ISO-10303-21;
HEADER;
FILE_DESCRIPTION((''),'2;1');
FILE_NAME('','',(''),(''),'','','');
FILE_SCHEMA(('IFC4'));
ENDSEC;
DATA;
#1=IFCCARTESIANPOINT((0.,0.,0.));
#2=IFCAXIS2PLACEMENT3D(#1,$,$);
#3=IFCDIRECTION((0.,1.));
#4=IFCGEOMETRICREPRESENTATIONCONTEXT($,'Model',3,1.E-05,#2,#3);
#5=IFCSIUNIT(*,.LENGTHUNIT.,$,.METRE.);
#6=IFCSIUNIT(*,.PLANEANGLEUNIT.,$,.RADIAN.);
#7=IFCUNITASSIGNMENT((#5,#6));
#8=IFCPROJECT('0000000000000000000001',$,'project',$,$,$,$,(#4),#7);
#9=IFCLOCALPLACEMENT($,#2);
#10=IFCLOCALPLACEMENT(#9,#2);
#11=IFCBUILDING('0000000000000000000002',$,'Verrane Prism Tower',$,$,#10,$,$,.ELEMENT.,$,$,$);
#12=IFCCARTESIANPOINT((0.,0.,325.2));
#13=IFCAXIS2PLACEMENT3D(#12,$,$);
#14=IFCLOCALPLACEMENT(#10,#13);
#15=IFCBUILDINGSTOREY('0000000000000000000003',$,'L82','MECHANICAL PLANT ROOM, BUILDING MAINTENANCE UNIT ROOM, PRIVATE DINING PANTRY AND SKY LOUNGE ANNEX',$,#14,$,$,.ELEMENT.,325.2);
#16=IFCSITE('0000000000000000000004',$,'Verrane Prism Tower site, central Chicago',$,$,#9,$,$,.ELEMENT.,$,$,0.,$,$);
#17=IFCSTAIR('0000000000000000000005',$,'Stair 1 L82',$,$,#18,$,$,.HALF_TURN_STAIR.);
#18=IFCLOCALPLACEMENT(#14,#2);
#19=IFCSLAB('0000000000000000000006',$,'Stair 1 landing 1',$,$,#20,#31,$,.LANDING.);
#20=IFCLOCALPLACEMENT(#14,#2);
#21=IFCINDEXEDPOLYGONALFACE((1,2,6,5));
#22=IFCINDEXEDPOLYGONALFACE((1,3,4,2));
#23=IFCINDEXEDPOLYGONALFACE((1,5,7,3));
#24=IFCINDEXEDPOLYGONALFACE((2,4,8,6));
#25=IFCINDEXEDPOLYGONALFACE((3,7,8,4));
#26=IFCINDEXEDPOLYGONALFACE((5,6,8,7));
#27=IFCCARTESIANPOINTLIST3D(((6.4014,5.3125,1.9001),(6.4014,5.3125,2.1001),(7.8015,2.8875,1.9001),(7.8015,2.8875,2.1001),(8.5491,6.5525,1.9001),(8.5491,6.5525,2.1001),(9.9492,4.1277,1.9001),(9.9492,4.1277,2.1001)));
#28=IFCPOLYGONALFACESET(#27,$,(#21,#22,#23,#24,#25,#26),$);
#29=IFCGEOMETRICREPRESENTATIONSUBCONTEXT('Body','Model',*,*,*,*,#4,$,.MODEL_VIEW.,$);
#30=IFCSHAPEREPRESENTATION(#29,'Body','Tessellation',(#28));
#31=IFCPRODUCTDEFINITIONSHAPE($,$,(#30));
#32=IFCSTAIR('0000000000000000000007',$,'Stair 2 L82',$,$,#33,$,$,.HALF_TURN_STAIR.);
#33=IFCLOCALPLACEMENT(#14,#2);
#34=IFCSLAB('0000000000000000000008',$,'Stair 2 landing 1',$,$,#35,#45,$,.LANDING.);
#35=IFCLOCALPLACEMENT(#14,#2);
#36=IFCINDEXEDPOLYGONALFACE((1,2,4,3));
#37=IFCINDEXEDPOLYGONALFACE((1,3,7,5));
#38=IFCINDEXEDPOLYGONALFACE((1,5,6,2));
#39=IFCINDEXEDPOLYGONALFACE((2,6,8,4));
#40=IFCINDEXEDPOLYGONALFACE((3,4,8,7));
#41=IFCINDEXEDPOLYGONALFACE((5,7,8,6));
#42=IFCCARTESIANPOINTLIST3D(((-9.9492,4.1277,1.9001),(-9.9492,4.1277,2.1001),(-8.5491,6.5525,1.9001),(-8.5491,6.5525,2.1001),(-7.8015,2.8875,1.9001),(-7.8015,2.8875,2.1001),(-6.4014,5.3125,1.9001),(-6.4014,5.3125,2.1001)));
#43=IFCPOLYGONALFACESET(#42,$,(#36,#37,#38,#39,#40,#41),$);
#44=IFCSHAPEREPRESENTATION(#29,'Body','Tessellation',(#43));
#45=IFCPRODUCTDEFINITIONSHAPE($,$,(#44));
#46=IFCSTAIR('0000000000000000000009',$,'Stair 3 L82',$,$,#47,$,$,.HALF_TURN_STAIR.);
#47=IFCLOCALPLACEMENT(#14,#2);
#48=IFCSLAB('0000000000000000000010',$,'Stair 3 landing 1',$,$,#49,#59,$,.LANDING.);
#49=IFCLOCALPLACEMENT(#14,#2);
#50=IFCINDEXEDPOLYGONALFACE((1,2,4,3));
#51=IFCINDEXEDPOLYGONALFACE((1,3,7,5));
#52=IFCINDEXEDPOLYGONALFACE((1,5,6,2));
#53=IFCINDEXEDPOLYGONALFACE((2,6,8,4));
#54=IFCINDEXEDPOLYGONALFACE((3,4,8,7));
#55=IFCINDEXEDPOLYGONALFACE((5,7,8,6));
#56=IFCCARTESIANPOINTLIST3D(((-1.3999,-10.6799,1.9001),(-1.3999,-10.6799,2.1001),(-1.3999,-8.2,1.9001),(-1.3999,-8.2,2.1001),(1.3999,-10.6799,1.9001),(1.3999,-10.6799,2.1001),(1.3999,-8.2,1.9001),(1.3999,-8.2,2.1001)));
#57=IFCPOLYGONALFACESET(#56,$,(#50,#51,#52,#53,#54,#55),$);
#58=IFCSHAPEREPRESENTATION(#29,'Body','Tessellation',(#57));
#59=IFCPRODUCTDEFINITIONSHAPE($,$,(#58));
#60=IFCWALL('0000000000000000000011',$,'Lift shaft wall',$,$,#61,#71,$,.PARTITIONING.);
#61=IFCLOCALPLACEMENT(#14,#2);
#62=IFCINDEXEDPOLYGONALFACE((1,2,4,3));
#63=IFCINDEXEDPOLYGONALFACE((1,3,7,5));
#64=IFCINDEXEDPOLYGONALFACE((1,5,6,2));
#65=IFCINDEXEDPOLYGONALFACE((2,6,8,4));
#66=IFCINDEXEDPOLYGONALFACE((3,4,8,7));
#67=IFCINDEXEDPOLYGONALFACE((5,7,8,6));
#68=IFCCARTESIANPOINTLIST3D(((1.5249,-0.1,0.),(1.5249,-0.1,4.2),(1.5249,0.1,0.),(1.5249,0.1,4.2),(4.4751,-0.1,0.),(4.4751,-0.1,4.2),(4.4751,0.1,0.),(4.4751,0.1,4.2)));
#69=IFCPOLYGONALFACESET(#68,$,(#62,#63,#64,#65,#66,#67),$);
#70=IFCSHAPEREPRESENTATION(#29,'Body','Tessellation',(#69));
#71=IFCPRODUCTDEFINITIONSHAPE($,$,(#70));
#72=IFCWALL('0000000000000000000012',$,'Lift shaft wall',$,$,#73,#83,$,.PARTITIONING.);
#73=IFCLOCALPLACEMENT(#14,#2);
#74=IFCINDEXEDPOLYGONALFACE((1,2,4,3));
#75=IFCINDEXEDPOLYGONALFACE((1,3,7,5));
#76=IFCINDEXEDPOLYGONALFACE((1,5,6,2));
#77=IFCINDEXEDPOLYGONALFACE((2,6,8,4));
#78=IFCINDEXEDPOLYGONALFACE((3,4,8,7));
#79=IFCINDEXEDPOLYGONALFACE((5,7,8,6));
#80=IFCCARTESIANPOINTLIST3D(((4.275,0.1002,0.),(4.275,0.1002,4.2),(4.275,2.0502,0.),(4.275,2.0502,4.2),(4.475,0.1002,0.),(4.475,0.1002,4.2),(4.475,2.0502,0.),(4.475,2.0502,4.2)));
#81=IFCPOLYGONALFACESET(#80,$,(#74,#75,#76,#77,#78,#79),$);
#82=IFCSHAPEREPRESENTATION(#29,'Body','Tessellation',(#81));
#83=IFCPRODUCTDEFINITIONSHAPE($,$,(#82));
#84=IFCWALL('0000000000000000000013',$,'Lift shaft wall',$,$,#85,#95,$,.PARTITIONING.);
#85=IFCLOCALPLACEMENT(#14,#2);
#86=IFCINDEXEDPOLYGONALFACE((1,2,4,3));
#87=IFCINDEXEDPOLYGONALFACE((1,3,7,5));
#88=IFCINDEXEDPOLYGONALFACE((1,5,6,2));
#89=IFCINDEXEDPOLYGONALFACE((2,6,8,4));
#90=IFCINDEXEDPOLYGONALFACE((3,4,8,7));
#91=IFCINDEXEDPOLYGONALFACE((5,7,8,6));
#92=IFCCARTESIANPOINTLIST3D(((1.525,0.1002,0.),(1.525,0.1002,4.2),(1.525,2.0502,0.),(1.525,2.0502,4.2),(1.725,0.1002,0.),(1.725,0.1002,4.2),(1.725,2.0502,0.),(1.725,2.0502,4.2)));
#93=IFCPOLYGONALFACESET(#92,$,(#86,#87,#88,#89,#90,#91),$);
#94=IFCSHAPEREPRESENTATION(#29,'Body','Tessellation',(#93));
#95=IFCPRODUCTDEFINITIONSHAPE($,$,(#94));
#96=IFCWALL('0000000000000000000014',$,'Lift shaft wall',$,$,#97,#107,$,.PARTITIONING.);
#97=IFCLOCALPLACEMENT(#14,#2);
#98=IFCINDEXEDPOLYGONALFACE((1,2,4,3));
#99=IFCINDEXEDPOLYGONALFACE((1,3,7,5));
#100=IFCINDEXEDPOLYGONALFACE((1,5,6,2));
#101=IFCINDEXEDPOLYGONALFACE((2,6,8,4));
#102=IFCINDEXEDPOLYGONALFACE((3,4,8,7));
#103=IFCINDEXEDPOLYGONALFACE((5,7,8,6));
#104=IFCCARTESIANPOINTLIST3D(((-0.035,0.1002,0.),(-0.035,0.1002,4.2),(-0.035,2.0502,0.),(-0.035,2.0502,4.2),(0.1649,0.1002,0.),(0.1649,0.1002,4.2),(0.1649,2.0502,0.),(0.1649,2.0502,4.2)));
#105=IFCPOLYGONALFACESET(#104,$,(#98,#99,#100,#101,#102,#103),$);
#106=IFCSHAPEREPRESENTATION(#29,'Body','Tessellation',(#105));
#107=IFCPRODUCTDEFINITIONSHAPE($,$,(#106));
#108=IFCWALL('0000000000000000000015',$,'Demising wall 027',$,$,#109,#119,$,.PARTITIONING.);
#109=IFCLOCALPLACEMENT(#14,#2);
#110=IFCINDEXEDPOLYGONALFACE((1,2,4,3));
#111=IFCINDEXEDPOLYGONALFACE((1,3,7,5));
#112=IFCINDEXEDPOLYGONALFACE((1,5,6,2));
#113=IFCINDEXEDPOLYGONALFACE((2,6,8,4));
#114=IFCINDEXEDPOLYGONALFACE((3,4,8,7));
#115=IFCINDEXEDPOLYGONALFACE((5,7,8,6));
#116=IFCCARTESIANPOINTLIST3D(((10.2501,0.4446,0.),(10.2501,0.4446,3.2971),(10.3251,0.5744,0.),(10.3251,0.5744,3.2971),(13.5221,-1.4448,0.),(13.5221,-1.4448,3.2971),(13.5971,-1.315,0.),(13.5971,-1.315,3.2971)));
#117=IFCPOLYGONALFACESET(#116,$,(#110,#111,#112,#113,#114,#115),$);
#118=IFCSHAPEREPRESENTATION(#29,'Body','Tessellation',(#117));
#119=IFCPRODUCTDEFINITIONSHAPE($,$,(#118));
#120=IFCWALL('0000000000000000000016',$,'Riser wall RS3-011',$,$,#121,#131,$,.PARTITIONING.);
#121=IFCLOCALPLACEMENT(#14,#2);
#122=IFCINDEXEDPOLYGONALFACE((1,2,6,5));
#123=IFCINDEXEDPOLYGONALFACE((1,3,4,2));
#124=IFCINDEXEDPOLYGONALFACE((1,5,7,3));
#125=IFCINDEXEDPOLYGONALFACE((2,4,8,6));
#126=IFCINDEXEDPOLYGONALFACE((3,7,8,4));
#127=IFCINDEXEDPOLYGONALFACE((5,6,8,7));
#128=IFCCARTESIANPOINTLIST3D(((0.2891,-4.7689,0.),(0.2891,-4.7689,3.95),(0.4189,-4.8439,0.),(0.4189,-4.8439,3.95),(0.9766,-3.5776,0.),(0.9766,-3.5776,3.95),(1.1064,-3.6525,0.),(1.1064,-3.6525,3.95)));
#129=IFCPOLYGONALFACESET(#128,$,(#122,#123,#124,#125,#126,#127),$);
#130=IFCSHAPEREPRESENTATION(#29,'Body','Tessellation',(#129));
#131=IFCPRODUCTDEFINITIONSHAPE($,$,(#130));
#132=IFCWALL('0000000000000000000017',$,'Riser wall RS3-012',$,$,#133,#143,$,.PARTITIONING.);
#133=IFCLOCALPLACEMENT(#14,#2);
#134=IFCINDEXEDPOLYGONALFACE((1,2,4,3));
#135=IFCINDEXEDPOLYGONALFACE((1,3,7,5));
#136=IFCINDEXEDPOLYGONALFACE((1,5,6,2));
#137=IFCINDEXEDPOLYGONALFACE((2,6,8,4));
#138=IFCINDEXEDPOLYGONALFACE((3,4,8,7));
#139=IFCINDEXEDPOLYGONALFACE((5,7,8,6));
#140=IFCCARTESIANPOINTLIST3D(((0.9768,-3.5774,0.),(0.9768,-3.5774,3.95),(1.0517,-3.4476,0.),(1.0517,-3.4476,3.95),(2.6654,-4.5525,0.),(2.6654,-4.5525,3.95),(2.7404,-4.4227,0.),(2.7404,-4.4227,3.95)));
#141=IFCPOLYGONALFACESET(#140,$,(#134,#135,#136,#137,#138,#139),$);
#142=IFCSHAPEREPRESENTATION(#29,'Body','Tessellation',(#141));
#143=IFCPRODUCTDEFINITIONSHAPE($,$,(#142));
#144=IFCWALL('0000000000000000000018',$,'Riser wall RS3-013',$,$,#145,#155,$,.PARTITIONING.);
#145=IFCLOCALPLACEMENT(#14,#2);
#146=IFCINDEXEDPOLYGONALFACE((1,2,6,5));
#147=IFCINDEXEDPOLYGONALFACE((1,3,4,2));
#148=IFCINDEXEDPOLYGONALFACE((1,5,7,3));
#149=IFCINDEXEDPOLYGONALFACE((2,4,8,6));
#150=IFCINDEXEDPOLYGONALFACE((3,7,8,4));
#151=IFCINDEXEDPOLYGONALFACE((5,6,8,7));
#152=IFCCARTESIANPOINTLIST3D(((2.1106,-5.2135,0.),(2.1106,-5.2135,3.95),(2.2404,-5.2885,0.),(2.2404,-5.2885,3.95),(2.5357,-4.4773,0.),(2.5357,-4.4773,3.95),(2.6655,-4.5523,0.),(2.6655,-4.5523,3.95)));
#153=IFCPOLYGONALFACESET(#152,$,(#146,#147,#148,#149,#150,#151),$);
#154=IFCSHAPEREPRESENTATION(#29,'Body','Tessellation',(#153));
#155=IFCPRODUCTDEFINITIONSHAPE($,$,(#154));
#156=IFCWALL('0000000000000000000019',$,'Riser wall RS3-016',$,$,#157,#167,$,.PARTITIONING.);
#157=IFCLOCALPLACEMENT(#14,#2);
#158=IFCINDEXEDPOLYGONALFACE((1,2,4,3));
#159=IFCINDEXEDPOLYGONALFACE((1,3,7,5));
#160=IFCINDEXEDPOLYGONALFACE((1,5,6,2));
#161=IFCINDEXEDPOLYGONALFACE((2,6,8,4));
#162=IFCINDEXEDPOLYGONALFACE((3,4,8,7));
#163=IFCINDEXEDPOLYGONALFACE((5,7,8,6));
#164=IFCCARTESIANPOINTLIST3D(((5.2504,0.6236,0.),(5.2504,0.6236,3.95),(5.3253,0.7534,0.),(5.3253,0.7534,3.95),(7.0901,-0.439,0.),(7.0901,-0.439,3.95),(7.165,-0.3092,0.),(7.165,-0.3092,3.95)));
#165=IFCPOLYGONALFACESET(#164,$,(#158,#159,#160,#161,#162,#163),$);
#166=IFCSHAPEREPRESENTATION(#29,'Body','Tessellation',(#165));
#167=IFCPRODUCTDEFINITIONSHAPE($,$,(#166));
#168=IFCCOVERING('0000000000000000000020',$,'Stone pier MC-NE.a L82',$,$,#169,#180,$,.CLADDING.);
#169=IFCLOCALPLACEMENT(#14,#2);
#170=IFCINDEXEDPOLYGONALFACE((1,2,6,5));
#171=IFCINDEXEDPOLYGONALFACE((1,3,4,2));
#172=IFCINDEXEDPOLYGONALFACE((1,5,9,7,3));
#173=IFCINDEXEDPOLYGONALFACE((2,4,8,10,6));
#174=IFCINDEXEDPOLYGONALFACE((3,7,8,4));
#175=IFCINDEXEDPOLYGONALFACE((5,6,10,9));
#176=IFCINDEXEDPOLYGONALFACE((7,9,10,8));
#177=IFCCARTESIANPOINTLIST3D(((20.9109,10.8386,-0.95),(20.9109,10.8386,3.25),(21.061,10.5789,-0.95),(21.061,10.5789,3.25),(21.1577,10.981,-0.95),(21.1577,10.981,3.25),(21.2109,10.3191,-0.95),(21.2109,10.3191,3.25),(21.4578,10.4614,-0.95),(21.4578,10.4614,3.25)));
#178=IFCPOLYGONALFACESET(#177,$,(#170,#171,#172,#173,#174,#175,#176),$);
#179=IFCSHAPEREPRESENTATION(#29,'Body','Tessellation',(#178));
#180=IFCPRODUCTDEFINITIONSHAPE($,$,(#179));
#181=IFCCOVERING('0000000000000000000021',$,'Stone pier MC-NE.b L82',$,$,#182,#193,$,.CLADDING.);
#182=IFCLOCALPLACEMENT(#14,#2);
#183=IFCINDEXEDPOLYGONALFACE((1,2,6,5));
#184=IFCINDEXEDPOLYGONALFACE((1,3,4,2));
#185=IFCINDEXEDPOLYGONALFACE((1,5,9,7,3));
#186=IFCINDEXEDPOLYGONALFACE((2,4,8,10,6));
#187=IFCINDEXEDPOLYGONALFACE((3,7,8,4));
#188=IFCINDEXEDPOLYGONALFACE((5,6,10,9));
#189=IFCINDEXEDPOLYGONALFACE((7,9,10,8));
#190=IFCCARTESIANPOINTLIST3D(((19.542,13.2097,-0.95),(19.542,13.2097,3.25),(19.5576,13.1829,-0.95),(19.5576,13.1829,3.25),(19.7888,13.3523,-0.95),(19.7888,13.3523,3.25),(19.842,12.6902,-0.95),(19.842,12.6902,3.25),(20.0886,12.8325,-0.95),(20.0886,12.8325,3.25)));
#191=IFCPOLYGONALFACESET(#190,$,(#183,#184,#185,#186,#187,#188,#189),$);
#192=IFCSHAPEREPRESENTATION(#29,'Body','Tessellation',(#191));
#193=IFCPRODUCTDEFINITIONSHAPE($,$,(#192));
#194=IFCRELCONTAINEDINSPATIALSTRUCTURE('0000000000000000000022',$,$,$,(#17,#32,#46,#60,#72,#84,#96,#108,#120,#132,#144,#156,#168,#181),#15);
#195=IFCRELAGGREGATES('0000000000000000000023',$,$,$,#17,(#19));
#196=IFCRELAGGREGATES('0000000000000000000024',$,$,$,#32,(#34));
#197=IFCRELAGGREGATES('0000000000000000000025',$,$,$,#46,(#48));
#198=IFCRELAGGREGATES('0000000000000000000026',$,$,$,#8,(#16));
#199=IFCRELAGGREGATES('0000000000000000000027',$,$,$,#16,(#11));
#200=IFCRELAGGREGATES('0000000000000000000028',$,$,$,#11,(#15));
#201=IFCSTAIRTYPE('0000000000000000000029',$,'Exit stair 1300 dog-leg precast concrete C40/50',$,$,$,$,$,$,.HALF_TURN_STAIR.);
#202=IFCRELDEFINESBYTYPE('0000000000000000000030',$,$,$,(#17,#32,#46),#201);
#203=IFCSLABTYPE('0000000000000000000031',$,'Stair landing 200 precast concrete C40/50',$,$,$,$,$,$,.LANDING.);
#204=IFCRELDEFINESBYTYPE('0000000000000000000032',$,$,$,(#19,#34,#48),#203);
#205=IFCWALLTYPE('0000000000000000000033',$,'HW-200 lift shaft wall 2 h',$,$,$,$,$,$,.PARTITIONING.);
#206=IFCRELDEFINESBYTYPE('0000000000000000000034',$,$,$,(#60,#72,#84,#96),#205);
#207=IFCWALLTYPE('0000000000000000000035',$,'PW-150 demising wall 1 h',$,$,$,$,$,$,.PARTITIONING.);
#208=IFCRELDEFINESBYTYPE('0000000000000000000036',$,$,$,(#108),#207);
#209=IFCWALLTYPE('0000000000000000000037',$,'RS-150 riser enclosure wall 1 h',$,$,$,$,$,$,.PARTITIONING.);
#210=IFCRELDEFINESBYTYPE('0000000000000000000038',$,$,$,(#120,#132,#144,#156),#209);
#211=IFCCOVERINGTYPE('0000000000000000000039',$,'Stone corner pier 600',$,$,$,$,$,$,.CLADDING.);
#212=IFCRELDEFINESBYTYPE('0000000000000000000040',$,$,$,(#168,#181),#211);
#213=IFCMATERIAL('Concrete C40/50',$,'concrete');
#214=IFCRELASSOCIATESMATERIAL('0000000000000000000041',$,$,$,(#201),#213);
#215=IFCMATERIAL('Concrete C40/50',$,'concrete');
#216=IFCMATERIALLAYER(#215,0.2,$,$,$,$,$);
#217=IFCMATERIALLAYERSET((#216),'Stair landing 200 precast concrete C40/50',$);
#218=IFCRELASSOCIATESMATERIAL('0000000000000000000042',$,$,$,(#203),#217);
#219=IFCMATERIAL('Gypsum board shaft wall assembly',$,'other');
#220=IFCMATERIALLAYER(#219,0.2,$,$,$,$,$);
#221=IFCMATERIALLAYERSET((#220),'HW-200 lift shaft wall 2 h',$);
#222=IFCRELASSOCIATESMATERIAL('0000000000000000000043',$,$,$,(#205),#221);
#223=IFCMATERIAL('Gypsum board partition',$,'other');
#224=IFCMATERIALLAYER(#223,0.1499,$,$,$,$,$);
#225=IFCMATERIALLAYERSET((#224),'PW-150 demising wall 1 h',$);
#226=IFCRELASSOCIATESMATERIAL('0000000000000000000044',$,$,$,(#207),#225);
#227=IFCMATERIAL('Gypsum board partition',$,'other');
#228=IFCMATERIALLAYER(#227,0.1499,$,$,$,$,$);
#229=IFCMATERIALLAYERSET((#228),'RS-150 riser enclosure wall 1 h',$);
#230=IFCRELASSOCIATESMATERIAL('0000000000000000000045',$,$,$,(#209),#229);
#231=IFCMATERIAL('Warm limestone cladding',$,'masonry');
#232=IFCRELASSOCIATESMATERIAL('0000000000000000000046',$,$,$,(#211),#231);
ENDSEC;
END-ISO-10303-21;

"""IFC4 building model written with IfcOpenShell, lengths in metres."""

from ifc_helpers import new_model, si_unit, direction, frame, frame_2d, origin, place, context, subcontext, project, spatial, polyline, rectangle, outline, extrude, material, layer, layer_set, type_object, element, aggregate, save


model = new_model("IFC4")

# Units and contexts
model_context = context("Model", 3, precision=1e-05, world=origin(), true_north=direction((0.0, 1.0)))
body_context = subcontext(model_context, "Body", "Model", "MODEL_VIEW")
ifc_project = project(units=[si_unit("LENGTHUNIT", "METRE"), si_unit("PLANEANGLEUNIT", "RADIAN")], contexts=[model_context])

# Site, building, storey
site_placement = place(None, origin())
site = spatial("IfcSite", under=ifc_project, at=site_placement, Name="Verrane Prism Tower site, central Chicago", CompositionType="ELEMENT", RefElevation=0.0)
building_placement = place(site_placement, origin())
building = spatial("IfcBuilding", under=site, at=building_placement, Name="Verrane Prism Tower", CompositionType="ELEMENT")
storey_placement = place(building_placement, frame((0.0, 0.0, 325.2)))
storey = spatial("IfcBuildingStorey", under=building, at=storey_placement, Name="L82", Description="MECHANICAL PLANT ROOM, BUILDING MAINTENANCE UNIT ROOM, PRIVATE DINING PANTRY AND SKY LOUNGE ANNEX", CompositionType="ELEMENT", Elevation=325.2)

# Stairs, slabs
ifc_material_1 = material(Name="Concrete C40/50", Category="concrete")
stair_type = type_object("IfcStairType", Name="Exit stair 1300 dog-leg precast concrete C40/50", PredefinedType="HALF_TURN_STAIR", material=ifc_material_1)
stair_1_placement = place(storey_placement, origin())
stair_1 = element("IfcStair", 1, at=stair_1_placement, inside=storey, type_object=stair_type, Name="Stair 1 L82", PredefinedType="HALF_TURN_STAIR")
ifc_material_2 = material(Name="Concrete C40/50", Category="concrete")
ifc_layer_1 = layer(ifc_material_2, 0.2)
ifc_layer_set_1 = layer_set([ifc_layer_1], Name="Stair landing 200 precast concrete C40/50")
slab_type_1 = type_object("IfcSlabType", Name="Stair landing 200 precast concrete C40/50", PredefinedType="LANDING", material=ifc_layer_set_1)
slab_1_placement = place(storey_placement, frame((0.0, 0.0, 1.9001)))
slab_1 = element("IfcSlab", 2, at=slab_1_placement, type_object=slab_type_1, Name="Stair 1 landing 1", PredefinedType="LANDING", context=body_context, shape_type="SweptSolid", body=[
    extrude(outline(polyline([(8.5491, 6.5525), (6.4014, 5.3125), (7.8015, 2.8875), (9.9492, 4.1277), (8.5491, 6.5525)])), origin(), (0.0, 0.0, 1.0), 0.2),
])
aggregate(stair_1, [slab_1])
stair_2_placement = place(storey_placement, origin())
stair_2 = element("IfcStair", 3, at=stair_2_placement, inside=storey, type_object=stair_type, Name="Stair 2 L82", PredefinedType="HALF_TURN_STAIR")
slab_2_placement = place(storey_placement, frame((0.0, 0.0, 1.9001)))
slab_2 = element("IfcSlab", 4, at=slab_2_placement, type_object=slab_type_1, Name="Stair 2 landing 1", PredefinedType="LANDING", context=body_context, shape_type="SweptSolid", body=[
    extrude(outline(polyline([(-9.9492, 4.1277), (-7.8015, 2.8875), (-6.4014, 5.3125), (-8.5491, 6.5525), (-9.9492, 4.1277)])), origin(), (0.0, 0.0, 1.0), 0.2),
])
aggregate(stair_2, [slab_2])
stair_3_placement = place(storey_placement, origin())
stair_3 = element("IfcStair", 5, at=stair_3_placement, inside=storey, type_object=stair_type, Name="Stair 3 L82", PredefinedType="HALF_TURN_STAIR")
slab_3_placement = place(storey_placement, frame((0.0, 0.0, 1.9001)))
slab_3 = element("IfcSlab", 6, at=slab_3_placement, type_object=slab_type_1, Name="Stair 3 landing 1", PredefinedType="LANDING", context=body_context, shape_type="SweptSolid", body=[
    extrude(outline(polyline([(1.3999, -10.6799), (1.3999, -8.2), (-1.3999, -8.2), (-1.3999, -10.6799), (1.3999, -10.6799)])), origin(), (0.0, 0.0, 1.0), 0.2),
])
aggregate(stair_3, [slab_3])

# Walls
ifc_material_3 = material(Name="Gypsum board shaft wall assembly", Category="other")
ifc_layer_2 = layer(ifc_material_3, 0.2)
ifc_layer_set_2 = layer_set([ifc_layer_2], Name="HW-200 lift shaft wall 2 h")
wall_type_1 = type_object("IfcWallType", Name="HW-200 lift shaft wall 2 h", PredefinedType="PARTITIONING", material=ifc_layer_set_2)
wall_1_placement = place(storey_placement, frame((1.5249, 0.0, 0.0), z_axis=(0.0, 0.0, 1.0), x_axis=(1.0, 0.0, 0.0)))
element("IfcWall", 7, at=wall_1_placement, inside=storey, type_object=wall_type_1, Name="Lift shaft wall", PredefinedType="PARTITIONING", context=body_context, shape_type="SweptSolid", body=[
    extrude(rectangle(XDim=2.9502, YDim=0.2, at=frame_2d((1.4751, 0.0))), origin(), (0.0, 0.0, 1.0), 4.2),
])
for number, where, z_axis, x_axis, name in (
    (8, (4.375, 0.1001, 0.0), (0.0, 0.0, 1.0), (0.0, 1.0, 0.0), "Lift shaft wall"),
    (9, (1.625, 0.1001, 0.0), (0.0, 0.0, 1.0), (0.0, 1.0, 0.0), "Lift shaft wall"),
    (10, (0.0649, 0.1001, 0.0), (0.0, 0.0, 1.0), (0.0, 1.0, 0.0), "Lift shaft wall"),
):
    element("IfcWall", number, at=place(storey_placement, frame(where, z_axis=z_axis, x_axis=x_axis)), inside=storey, type_object=wall_type_1, Name=name, PredefinedType="PARTITIONING", context=body_context, shape_type="SweptSolid", body=[
        extrude(rectangle(XDim=1.95, YDim=0.2, at=frame_2d((0.9751, 0.0))), origin(), (0.0, 0.0, 1.0), 4.2),
    ])
ifc_material_4 = material(Name="Gypsum board partition", Category="other")
ifc_layer_3 = layer(ifc_material_4, 0.1499)
ifc_layer_set_3 = layer_set([ifc_layer_3], Name="PW-150 demising wall 1 h")
wall_type_2 = type_object("IfcWallType", Name="PW-150 demising wall 1 h", PredefinedType="PARTITIONING", material=ifc_layer_set_3)
wall_2_placement = place(storey_placement, frame((10.2876, 0.5095, 0.0), z_axis=(0.0, 0.0, 1.0), x_axis=(0.865988, -0.500066, 0.0)))
element("IfcWall", 11, at=wall_2_placement, inside=storey, type_object=wall_type_2, Name="Demising wall 027", PredefinedType="PARTITIONING", context=body_context, shape_type="SweptSolid", body=[
    extrude(rectangle(XDim=3.7783, YDim=0.1499, at=frame_2d((1.8892, 0.0))), origin(), (0.0, 0.0, 1.0), 3.2971),
])
ifc_material_5 = material(Name="Gypsum board partition", Category="other")
ifc_layer_4 = layer(ifc_material_5, 0.1499)
ifc_layer_set_4 = layer_set([ifc_layer_4], Name="RS-150 riser enclosure wall 1 h")
wall_type_3 = type_object("IfcWallType", Name="RS-150 riser enclosure wall 1 h", PredefinedType="PARTITIONING", material=ifc_layer_set_4)
wall_3_placement = place(storey_placement, frame((0.354, -4.8064, 0.0), z_axis=(0.0, 0.0, 1.0), x_axis=(0.499804, 0.866138, 0.0)))
element("IfcWall", 12, at=wall_3_placement, inside=storey, type_object=wall_type_3, Name="Riser wall RS3-011", PredefinedType="PARTITIONING", context=body_context, shape_type="SweptSolid", body=[
    extrude(rectangle(XDim=1.3755, YDim=0.1499, at=frame_2d((0.6877, 0.0))), origin(), (0.0, 0.0, 1.0), 3.95),
])
wall_4_placement = place(storey_placement, frame((1.0142, -3.5125, 0.0), z_axis=(0.0, 0.0, 1.0), x_axis=(0.866, -0.500044, 0.0)))
element("IfcWall", 13, at=wall_4_placement, inside=storey, type_object=wall_type_3, Name="Riser wall RS3-012", PredefinedType="PARTITIONING", context=body_context, shape_type="SweptSolid", body=[
    extrude(rectangle(XDim=1.95, YDim=0.1499, at=frame_2d((0.9751, 0.0))), origin(), (0.0, 0.0, 1.0), 3.95),
])
wall_5_placement = place(storey_placement, frame((2.1755, -5.251, 0.0), z_axis=(0.0, 0.0, 1.0), x_axis=(0.500062, 0.865989, 0.0)))
element("IfcWall", 14, at=wall_5_placement, inside=storey, type_object=wall_type_3, Name="Riser wall RS3-013", PredefinedType="PARTITIONING", context=body_context, shape_type="SweptSolid", body=[
    extrude(rectangle(XDim=0.8501, YDim=0.1499, at=frame_2d((0.425, 0.0))), origin(), (0.0, 0.0, 1.0), 3.95),
])
wall_6_placement = place(storey_placement, frame((5.2878, 0.6885, 0.0), z_axis=(0.0, 0.0, 1.0), x_axis=(0.865943, -0.500144, 0.0)))
element("IfcWall", 15, at=wall_6_placement, inside=storey, type_object=wall_type_3, Name="Riser wall RS3-016", PredefinedType="PARTITIONING", context=body_context, shape_type="SweptSolid", body=[
    extrude(rectangle(XDim=2.1245, YDim=0.1499, at=frame_2d((1.0623, 0.0))), origin(), (0.0, 0.0, 1.0), 3.95),
])

# Coverings
ifc_material_6 = material(Name="Warm limestone cladding", Category="masonry")
covering_type_1 = type_object("IfcCoveringType", Name="Stone corner pier 600", PredefinedType="CLADDING", material=ifc_material_6)
covering_1_placement = place(storey_placement, frame((0.0, 0.0, -0.95)))
element("IfcCovering", 16, at=covering_1_placement, inside=storey, type_object=covering_type_1, Name="Stone pier MC-NE.a L82", PredefinedType="CLADDING", context=body_context, shape_type="SweptSolid", body=[
    extrude(outline(polyline([(20.9109, 10.8386), (21.061, 10.5789), (21.2109, 10.3191), (21.4578, 10.4614), (21.1577, 10.981), (20.9109, 10.8386)])), origin(), (0.0, 0.0, 1.0), 4.2),
])
covering_2_placement = place(storey_placement, frame((0.0, 0.0, -0.95)))
element("IfcCovering", 17, at=covering_2_placement, inside=storey, type_object=covering_type_1, Name="Stone pier MC-NE.b L82", PredefinedType="CLADDING", context=body_context, shape_type="SweptSolid", body=[
    extrude(outline(polyline([(19.542, 13.2097), (19.5576, 13.1829), (19.842, 12.6902), (20.0886, 12.8325), (19.7888, 13.3523), (19.542, 13.2097)])), origin(), (0.0, 0.0, 1.0), 4.2),
])

save(model, "model.ifc")
